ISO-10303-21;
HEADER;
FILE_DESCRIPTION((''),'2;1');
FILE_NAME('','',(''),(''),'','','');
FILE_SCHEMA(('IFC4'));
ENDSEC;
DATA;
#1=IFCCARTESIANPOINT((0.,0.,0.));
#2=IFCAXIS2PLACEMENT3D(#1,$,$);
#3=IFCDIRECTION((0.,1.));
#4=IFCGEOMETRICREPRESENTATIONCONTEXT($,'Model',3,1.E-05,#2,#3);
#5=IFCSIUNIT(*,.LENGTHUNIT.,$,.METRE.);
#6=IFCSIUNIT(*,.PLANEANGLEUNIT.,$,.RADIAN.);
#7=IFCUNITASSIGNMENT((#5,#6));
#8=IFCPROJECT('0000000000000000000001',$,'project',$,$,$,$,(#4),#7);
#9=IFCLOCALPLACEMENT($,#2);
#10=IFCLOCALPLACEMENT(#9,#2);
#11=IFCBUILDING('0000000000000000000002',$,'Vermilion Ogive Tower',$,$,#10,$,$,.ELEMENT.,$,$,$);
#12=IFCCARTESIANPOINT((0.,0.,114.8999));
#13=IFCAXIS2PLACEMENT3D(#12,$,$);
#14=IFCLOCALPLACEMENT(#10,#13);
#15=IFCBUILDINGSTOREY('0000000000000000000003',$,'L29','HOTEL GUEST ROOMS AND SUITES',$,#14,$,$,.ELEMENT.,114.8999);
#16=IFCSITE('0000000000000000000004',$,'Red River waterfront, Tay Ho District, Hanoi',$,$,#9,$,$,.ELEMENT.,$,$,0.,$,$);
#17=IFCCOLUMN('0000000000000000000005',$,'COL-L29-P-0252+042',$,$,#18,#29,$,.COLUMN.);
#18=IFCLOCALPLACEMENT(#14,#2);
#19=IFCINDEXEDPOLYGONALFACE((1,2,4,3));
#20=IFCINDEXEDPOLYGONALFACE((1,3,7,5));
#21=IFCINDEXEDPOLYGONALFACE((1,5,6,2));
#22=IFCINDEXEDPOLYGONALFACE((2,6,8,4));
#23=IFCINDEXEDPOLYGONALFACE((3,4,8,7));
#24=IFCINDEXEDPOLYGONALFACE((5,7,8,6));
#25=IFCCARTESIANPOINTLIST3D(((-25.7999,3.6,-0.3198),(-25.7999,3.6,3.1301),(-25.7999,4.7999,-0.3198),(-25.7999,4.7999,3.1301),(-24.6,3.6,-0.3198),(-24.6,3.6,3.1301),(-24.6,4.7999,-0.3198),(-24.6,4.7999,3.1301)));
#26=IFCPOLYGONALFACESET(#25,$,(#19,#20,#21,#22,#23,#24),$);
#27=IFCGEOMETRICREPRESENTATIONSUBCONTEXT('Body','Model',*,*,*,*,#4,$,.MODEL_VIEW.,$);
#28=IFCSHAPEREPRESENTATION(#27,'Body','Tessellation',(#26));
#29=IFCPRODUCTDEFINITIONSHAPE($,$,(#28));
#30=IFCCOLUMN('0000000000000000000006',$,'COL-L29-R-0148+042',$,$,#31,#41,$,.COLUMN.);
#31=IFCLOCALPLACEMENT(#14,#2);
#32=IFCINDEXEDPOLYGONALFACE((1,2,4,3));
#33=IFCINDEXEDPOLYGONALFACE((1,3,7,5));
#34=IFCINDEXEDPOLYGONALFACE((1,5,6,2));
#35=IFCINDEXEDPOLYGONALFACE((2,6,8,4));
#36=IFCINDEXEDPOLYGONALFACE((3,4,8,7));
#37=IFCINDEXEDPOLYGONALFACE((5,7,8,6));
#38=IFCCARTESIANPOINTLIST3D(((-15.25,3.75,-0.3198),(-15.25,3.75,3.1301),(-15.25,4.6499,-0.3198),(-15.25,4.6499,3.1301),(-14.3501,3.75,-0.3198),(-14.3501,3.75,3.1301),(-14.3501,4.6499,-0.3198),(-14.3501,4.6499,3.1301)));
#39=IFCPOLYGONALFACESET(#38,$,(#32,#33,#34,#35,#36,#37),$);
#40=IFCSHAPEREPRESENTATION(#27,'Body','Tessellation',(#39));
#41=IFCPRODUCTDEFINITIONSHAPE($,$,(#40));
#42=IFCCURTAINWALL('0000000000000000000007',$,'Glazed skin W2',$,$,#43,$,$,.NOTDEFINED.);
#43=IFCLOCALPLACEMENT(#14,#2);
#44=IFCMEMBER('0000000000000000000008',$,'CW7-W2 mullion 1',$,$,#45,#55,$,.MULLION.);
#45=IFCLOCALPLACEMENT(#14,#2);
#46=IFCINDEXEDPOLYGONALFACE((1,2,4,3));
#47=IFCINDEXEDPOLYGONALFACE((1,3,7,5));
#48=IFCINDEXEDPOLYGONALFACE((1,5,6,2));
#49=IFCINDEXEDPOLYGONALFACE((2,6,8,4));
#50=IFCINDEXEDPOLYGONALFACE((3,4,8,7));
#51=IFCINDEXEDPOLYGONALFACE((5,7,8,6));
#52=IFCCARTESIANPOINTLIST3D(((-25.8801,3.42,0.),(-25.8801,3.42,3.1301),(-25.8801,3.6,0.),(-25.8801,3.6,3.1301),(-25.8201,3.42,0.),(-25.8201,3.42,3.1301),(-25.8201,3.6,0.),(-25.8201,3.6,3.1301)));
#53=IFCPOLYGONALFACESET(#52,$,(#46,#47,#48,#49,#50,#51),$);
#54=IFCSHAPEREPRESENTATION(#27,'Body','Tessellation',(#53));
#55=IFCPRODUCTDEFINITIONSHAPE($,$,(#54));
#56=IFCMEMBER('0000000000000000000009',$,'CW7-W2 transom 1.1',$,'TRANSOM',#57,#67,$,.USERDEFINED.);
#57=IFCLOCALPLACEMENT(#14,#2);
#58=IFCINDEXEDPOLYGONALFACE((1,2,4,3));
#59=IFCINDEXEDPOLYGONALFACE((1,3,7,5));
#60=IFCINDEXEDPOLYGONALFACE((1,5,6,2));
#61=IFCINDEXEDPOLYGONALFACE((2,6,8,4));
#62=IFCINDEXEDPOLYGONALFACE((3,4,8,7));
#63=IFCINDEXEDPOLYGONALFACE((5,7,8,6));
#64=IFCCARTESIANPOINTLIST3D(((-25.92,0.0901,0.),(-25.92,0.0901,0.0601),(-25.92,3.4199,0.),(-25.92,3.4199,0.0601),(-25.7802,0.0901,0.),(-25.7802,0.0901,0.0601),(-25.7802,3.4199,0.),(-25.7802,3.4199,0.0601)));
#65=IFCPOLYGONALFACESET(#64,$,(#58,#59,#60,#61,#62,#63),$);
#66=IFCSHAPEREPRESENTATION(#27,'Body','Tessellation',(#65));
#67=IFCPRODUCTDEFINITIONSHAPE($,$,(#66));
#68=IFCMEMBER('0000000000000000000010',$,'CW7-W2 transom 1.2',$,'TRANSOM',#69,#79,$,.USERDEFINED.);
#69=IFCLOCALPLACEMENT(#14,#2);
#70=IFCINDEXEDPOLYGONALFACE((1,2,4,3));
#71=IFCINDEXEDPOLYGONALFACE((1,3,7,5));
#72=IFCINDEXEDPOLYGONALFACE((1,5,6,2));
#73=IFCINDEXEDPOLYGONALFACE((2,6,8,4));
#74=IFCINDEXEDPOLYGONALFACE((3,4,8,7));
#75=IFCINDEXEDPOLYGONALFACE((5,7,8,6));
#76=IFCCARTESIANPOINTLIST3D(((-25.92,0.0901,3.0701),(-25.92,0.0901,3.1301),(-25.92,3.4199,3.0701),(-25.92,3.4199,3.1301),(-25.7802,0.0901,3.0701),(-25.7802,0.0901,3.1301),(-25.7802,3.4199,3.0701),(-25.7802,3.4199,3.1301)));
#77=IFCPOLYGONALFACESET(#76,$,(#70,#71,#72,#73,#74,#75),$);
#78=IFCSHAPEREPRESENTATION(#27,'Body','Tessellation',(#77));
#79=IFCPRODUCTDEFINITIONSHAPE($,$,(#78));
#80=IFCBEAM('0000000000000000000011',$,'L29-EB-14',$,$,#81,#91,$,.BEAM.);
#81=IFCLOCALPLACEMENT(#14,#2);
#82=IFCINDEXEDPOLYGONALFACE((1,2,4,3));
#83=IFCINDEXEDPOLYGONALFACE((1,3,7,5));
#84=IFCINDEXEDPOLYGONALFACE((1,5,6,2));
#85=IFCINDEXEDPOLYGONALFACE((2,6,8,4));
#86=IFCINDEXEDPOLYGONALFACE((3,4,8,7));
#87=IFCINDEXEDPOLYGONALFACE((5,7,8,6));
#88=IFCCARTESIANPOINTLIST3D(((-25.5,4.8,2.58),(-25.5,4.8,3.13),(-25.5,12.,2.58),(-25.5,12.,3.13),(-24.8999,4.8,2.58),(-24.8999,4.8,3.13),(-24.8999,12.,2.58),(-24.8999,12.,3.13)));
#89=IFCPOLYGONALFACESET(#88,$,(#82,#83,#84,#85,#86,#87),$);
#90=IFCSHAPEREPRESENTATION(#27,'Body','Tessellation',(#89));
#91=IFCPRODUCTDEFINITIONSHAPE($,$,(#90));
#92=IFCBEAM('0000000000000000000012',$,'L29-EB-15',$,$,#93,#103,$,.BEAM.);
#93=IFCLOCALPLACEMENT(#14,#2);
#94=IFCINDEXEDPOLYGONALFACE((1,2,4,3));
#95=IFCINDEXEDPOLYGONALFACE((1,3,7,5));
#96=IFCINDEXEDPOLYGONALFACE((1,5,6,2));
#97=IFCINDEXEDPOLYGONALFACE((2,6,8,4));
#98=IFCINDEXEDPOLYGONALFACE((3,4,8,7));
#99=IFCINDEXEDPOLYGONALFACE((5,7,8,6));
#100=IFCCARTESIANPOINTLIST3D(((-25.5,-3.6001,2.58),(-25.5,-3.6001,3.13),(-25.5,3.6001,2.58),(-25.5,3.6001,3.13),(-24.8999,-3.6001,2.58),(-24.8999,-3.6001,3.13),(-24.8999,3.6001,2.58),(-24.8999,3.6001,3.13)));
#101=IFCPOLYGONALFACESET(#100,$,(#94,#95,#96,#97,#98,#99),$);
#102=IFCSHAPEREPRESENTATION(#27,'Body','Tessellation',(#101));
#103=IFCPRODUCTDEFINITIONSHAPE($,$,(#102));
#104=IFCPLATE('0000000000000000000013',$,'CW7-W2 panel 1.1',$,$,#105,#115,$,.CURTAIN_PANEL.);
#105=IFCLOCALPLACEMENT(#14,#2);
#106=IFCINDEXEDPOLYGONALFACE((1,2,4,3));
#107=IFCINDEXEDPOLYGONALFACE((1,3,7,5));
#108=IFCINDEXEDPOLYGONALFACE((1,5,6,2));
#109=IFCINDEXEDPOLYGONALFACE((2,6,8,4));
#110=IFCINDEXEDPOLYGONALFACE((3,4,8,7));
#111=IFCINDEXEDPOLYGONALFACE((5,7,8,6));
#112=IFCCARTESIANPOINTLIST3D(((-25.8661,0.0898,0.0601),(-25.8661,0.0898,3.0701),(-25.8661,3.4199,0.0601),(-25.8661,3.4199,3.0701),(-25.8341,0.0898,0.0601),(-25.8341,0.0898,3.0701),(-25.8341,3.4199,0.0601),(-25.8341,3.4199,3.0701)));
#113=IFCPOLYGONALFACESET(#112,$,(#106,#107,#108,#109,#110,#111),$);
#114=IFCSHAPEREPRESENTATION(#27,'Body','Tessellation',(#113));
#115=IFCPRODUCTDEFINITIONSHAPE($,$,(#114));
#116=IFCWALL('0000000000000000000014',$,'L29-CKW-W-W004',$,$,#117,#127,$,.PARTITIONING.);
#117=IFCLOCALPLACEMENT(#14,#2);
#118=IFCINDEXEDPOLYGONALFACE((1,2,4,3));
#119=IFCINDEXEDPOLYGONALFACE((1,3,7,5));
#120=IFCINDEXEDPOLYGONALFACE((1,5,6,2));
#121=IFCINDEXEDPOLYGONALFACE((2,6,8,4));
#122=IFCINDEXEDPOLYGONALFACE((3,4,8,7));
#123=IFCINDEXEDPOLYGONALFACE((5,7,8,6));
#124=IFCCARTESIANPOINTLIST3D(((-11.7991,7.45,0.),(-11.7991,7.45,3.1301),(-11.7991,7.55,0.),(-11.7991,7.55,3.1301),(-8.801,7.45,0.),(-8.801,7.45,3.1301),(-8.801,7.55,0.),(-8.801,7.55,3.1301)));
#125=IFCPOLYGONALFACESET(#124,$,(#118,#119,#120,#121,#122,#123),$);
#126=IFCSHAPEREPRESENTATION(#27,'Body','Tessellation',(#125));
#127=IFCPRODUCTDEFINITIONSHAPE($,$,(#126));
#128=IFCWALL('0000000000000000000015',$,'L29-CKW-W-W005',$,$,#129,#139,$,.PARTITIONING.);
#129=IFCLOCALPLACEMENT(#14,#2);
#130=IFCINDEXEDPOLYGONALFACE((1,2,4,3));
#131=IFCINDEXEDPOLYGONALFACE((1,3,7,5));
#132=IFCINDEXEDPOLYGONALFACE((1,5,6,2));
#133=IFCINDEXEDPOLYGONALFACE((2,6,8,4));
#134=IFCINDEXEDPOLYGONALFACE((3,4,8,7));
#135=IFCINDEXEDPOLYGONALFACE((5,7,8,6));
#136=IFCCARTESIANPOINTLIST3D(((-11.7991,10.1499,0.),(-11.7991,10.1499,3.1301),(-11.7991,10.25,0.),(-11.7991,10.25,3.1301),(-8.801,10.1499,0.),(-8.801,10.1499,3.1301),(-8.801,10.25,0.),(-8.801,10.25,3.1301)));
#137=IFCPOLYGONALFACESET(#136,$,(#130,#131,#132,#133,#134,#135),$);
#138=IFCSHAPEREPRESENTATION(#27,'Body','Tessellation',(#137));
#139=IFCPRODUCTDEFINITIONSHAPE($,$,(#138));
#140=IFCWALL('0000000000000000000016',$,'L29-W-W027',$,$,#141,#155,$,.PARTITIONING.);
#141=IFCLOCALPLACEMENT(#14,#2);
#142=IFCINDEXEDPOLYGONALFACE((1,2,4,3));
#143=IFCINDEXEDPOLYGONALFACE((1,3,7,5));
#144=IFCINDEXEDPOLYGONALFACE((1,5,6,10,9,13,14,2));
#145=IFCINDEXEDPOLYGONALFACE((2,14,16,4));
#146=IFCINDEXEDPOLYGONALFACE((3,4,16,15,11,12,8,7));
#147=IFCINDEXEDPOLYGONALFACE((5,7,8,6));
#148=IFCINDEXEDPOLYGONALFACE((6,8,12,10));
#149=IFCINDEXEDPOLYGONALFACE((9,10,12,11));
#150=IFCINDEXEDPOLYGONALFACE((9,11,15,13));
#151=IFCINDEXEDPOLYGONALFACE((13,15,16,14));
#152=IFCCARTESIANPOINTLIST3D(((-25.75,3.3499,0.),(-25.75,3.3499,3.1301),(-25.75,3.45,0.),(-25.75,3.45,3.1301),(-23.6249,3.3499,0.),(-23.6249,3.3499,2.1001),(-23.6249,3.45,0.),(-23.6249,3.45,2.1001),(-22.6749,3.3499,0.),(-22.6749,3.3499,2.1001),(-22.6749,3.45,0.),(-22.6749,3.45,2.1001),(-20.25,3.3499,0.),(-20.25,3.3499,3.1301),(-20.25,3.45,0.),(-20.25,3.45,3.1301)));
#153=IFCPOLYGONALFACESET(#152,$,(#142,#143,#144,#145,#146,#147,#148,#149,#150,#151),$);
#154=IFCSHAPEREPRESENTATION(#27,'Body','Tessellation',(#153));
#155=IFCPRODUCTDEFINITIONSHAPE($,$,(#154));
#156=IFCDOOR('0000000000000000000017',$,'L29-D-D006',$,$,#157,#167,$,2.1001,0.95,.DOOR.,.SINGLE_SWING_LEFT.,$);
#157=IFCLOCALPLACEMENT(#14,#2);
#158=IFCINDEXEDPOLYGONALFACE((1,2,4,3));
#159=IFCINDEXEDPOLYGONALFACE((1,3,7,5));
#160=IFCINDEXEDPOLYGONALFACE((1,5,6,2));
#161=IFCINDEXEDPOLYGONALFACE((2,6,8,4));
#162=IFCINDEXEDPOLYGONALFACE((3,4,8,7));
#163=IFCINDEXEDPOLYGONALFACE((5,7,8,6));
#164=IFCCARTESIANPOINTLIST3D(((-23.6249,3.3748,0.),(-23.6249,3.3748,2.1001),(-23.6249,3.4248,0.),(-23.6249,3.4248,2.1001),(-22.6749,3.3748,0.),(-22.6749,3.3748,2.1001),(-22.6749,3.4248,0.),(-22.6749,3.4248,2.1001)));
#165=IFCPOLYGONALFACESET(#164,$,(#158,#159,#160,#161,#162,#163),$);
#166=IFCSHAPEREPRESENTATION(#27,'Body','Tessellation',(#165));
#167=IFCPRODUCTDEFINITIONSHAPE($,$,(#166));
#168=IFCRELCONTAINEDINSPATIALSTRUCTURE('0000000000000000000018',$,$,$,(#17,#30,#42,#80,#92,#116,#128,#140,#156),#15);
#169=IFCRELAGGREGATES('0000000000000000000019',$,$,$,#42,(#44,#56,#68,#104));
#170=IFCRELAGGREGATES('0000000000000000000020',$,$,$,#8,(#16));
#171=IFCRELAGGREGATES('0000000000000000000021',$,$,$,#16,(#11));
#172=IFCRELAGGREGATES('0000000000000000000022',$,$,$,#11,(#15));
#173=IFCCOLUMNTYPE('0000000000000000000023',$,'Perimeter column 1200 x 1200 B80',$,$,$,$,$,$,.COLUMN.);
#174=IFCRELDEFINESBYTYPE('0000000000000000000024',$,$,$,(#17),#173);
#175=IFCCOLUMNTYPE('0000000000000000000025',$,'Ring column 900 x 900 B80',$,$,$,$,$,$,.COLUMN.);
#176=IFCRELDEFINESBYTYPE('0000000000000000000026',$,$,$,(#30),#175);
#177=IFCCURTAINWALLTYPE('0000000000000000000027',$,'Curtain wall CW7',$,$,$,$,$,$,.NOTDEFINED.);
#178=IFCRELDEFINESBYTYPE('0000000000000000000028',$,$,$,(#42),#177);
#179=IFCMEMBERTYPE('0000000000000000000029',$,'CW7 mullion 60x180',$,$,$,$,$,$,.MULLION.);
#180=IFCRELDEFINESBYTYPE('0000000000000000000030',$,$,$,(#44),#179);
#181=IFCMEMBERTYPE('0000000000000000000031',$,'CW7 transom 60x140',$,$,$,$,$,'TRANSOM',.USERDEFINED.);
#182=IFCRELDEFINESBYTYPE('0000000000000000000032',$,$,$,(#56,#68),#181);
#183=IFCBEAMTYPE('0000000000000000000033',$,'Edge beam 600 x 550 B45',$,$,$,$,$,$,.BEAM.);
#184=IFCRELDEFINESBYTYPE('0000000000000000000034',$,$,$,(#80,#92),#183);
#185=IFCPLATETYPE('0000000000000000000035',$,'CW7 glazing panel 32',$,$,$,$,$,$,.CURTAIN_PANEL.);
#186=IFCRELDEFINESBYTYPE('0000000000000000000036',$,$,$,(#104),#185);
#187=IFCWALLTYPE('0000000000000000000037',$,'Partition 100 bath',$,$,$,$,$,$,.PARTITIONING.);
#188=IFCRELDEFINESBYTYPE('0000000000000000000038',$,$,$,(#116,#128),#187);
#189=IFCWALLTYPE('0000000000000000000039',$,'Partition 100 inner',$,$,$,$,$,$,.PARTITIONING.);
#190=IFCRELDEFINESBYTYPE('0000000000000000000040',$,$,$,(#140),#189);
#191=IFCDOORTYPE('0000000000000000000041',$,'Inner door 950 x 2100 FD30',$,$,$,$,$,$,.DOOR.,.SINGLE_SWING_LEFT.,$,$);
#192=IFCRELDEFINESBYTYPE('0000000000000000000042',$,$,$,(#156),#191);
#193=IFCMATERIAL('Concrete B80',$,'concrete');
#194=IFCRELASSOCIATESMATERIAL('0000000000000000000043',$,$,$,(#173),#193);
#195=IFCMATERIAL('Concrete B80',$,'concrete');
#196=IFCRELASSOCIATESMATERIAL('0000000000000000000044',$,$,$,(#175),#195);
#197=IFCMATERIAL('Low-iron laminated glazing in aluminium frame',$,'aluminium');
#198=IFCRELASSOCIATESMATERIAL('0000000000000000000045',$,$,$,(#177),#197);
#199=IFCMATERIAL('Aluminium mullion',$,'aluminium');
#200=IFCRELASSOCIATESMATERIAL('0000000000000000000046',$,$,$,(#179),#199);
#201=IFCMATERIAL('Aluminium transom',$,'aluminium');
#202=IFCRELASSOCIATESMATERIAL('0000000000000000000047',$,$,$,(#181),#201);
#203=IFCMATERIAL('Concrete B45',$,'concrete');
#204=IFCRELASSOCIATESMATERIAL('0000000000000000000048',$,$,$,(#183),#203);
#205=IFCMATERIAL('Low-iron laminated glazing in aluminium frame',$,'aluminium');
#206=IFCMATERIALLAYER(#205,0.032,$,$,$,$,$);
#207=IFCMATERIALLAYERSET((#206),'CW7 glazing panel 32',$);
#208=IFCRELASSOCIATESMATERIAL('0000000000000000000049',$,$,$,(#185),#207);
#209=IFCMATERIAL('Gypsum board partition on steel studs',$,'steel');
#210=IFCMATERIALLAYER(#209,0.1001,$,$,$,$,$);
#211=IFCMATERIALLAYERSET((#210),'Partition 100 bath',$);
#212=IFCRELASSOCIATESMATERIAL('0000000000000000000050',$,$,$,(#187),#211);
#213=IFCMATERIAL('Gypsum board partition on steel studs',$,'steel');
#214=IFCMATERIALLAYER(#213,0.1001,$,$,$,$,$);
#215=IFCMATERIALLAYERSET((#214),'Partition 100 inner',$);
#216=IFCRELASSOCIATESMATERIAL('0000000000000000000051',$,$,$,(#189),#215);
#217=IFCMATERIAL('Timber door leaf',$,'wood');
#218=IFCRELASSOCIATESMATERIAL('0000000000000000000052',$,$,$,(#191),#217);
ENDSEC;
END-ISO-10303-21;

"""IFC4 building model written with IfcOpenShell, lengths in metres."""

from ifc_helpers import new_model, si_unit, direction, frame, frame_2d, origin, origin_2d, place, context, subcontext, project, spatial, rectangle, extrude, material, layer, layer_set, material_profile, profile_set, type_object, element, fill, aggregate, save


model = new_model("IFC4")

# Units and contexts
model_context = context("Model", 3, precision=1e-05, world=origin(), true_north=direction((0.0, 1.0)))
body_context = subcontext(model_context, "Body", "Model", "MODEL_VIEW")
ifc_project = project(units=[si_unit("LENGTHUNIT", "METRE"), si_unit("PLANEANGLEUNIT", "RADIAN")], contexts=[model_context])

# Site, building, storey
site_placement = place(None, origin())
site = spatial("IfcSite", under=ifc_project, at=site_placement, Name="Red River waterfront, Tay Ho District, Hanoi", CompositionType="ELEMENT", RefElevation=0.0)
building_placement = place(site_placement, origin())
building = spatial("IfcBuilding", under=site, at=building_placement, Name="Vermilion Ogive Tower", CompositionType="ELEMENT")
storey_placement = place(building_placement, frame((0.0, 0.0, 114.8999)))
storey = spatial("IfcBuildingStorey", under=building, at=storey_placement, Name="L29", Description="HOTEL GUEST ROOMS AND SUITES", CompositionType="ELEMENT", Elevation=114.8999)

# Columns
ifc_material_1 = material(Name="Concrete B80", Category="concrete")
ifc_material_profile_1 = material_profile(ifc_material_1, rectangle(XDim=1.2, YDim=1.2, at=origin_2d()), Name="1200 x 1200")
ifc_profile_set_1 = profile_set([ifc_material_profile_1], Name="Concrete B80")
column_type_1 = type_object("IfcColumnType", Name="Perimeter column 1200 x 1200 B80", PredefinedType="COLUMN", material=ifc_profile_set_1)
column_1_placement = place(storey_placement, frame((-25.2, 4.2, -0.3198), z_axis=(0.0, 0.0, 1.0), x_axis=(1.0, 0.0, 0.0)))
element("IfcColumn", 1, at=column_1_placement, inside=storey, type_object=column_type_1, Name="COL-L29-P-0252+042", PredefinedType="COLUMN", context=body_context, shape_type="SweptSolid", body=[
    extrude(rectangle(XDim=1.2, YDim=1.2, at=origin_2d()), origin(), (0.0, 0.0, 1.0), 3.45),
])
ifc_material_2 = material(Name="Concrete B80", Category="concrete")
ifc_material_profile_2 = material_profile(ifc_material_2, rectangle(XDim=0.8999, YDim=0.8999, at=origin_2d()), Name="900 x 900")
ifc_profile_set_2 = profile_set([ifc_material_profile_2], Name="Concrete B80")
column_type_2 = type_object("IfcColumnType", Name="Ring column 900 x 900 B80", PredefinedType="COLUMN", material=ifc_profile_set_2)
column_2_placement = place(storey_placement, frame((-14.8, 4.2, -0.3198), z_axis=(0.0, 0.0, 1.0), x_axis=(1.0, 0.0, 0.0)))
element("IfcColumn", 2, at=column_2_placement, inside=storey, type_object=column_type_2, Name="COL-L29-R-0148+042", PredefinedType="COLUMN", context=body_context, shape_type="SweptSolid", body=[
    extrude(rectangle(XDim=0.8999, YDim=0.8999, at=origin_2d()), origin(), (0.0, 0.0, 1.0), 3.45),
])

# Curtain wall, members
ifc_material_3 = material(Name="Low-iron laminated glazing in aluminium frame", Category="aluminium")
curtain_wall_type = type_object("IfcCurtainWallType", Name="Curtain wall CW7", PredefinedType="NOTDEFINED", material=ifc_material_3)
curtain_wall_placement = place(storey_placement, origin())
curtain_wall = element("IfcCurtainWall", 3, at=curtain_wall_placement, inside=storey, type_object=curtain_wall_type, Name="Glazed skin W2", PredefinedType="NOTDEFINED")
ifc_material_4 = material(Name="Aluminium mullion", Category="aluminium")
ifc_material_profile_3 = material_profile(ifc_material_4, rectangle(XDim=0.0601, YDim=0.1799, at=origin_2d()), Name="AL 60x180")
ifc_profile_set_3 = profile_set([ifc_material_profile_3], Name="Aluminium mullion")
member_type_1 = type_object("IfcMemberType", Name="CW7 mullion 60x180", PredefinedType="MULLION", material=ifc_profile_set_3)
member_1_placement = place(storey_placement, frame((-25.8501, 3.51, 0.0), z_axis=(0.0, 0.0, 1.0), x_axis=(1.0, 0.0, 0.0)))
member_1 = element("IfcMember", 4, at=member_1_placement, type_object=member_type_1, Name="CW7-W2 mullion 1", PredefinedType="MULLION", context=body_context, shape_type="SweptSolid", body=[
    extrude(rectangle(XDim=0.0601, YDim=0.1799, at=origin_2d()), origin(), (0.0, 0.0, 1.0), 3.1301),
])
ifc_material_5 = material(Name="Aluminium transom", Category="aluminium")
ifc_material_profile_4 = material_profile(ifc_material_5, rectangle(XDim=0.1399, YDim=0.0601, at=origin_2d()), Name="AL 60x140")
ifc_profile_set_4 = profile_set([ifc_material_profile_4], Name="Aluminium transom")
member_type_2 = type_object("IfcMemberType", Name="CW7 transom 60x140", ElementType="TRANSOM", PredefinedType="USERDEFINED", material=ifc_profile_set_4)
member_2_placement = place(storey_placement, frame((-25.8501, 3.4199, 0.03), z_axis=(0.0, -1.0, 0.0), x_axis=(1.0, 0.0, 0.0)))
member_2 = element("IfcMember", 5, at=member_2_placement, type_object=member_type_2, Name="CW7-W2 transom 1.1", ObjectType="TRANSOM", PredefinedType="USERDEFINED", context=body_context, shape_type="SweptSolid", body=[
    extrude(rectangle(XDim=0.1399, YDim=0.0601, at=origin_2d()), origin(), (0.0, 0.0, 1.0), 3.3298),
])
member_3_placement = place(storey_placement, frame((-25.8501, 3.4199, 3.1001), z_axis=(0.0, -1.0, 0.0), x_axis=(1.0, 0.0, 0.0)))
member_3 = element("IfcMember", 6, at=member_3_placement, type_object=member_type_2, Name="CW7-W2 transom 1.2", ObjectType="TRANSOM", PredefinedType="USERDEFINED", context=body_context, shape_type="SweptSolid", body=[
    extrude(rectangle(XDim=0.1399, YDim=0.0601, at=origin_2d()), origin(), (0.0, 0.0, 1.0), 3.3298),
])

# Beams
ifc_material_6 = material(Name="Concrete B45", Category="concrete")
ifc_material_profile_5 = material_profile(ifc_material_6, rectangle(XDim=0.6001, YDim=0.55, at=origin_2d()), Name="600 x 550")
ifc_profile_set_5 = profile_set([ifc_material_profile_5], Name="Concrete B45")
beam_type = type_object("IfcBeamType", Name="Edge beam 600 x 550 B45", PredefinedType="BEAM", material=ifc_profile_set_5)
beam_1_placement = place(storey_placement, frame((-25.2, 12.0, 2.855), z_axis=(0.0, -1.0, 0.0), x_axis=(1.0, 0.0, 0.0)))
element("IfcBeam", 7, at=beam_1_placement, inside=storey, type_object=beam_type, Name="L29-EB-14", PredefinedType="BEAM", context=body_context, shape_type="SweptSolid", body=[
    extrude(rectangle(XDim=0.6001, YDim=0.55, at=origin_2d()), origin(), (0.0, 0.0, 1.0), 7.2),
])
beam_2_placement = place(storey_placement, frame((-25.2, 3.6001, 2.855), z_axis=(0.0, -1.0, 0.0), x_axis=(1.0, 0.0, 0.0)))
element("IfcBeam", 8, at=beam_2_placement, inside=storey, type_object=beam_type, Name="L29-EB-15", PredefinedType="BEAM", context=body_context, shape_type="SweptSolid", body=[
    extrude(rectangle(XDim=0.6001, YDim=0.55, at=origin_2d()), origin(), (0.0, 0.0, 1.0), 7.2002),
])

# Plate
ifc_material_7 = material(Name="Low-iron laminated glazing in aluminium frame", Category="aluminium")
ifc_layer_1 = layer(ifc_material_7, 0.032)
ifc_layer_set_1 = layer_set([ifc_layer_1], Name="CW7 glazing panel 32")
plate_type = type_object("IfcPlateType", Name="CW7 glazing panel 32", PredefinedType="CURTAIN_PANEL", material=ifc_layer_set_1)
plate_placement = place(storey_placement, frame((-25.8501, 1.7549, 0.0601), z_axis=(0.0, 0.0, 1.0), x_axis=(0.0, -1.0, 0.0)))
plate = element("IfcPlate", 9, at=plate_placement, type_object=plate_type, Name="CW7-W2 panel 1.1", PredefinedType="CURTAIN_PANEL", context=body_context, shape_type="SweptSolid", body=[
    extrude(rectangle(XDim=3.3301, YDim=0.032, at=origin_2d()), origin(), (0.0, 0.0, 1.0), 3.01),
])
aggregate(curtain_wall, [member_1, member_2, member_3, plate])

# Walls
ifc_material_8 = material(Name="Gypsum board partition on steel studs", Category="steel")
ifc_layer_2 = layer(ifc_material_8, 0.1001)
ifc_layer_set_2 = layer_set([ifc_layer_2], Name="Partition 100 bath")
wall_type_1 = type_object("IfcWallType", Name="Partition 100 bath", PredefinedType="PARTITIONING", material=ifc_layer_set_2)
for number, where, z_axis, x_axis, name in (
    (10, (-11.7991, 7.5, 0.0), (0.0, 0.0, 1.0), (1.0, 0.0, 0.0), "L29-CKW-W-W004"),
    (11, (-11.7991, 10.2, 0.0), (0.0, 0.0, 1.0), (1.0, 0.0, 0.0), "L29-CKW-W-W005"),
):
    element("IfcWall", number, at=place(storey_placement, frame(where, z_axis=z_axis, x_axis=x_axis)), inside=storey, type_object=wall_type_1, Name=name, PredefinedType="PARTITIONING", context=body_context, shape_type="SweptSolid", body=[
        extrude(rectangle(XDim=2.998, YDim=0.1001, at=frame_2d((1.499, 0.0))), origin(), (0.0, 0.0, 1.0), 3.1301),
    ])

# Wall, opening, door
ifc_material_9 = material(Name="Gypsum board partition on steel studs", Category="steel")
ifc_layer_3 = layer(ifc_material_9, 0.1001)
ifc_layer_set_3 = layer_set([ifc_layer_3], Name="Partition 100 inner")
wall_type_2 = type_object("IfcWallType", Name="Partition 100 inner", PredefinedType="PARTITIONING", material=ifc_layer_set_3)
wall_1_placement = place(storey_placement, frame((-25.75, 3.3999, 0.0), z_axis=(0.0, 0.0, 1.0), x_axis=(1.0, 0.0, 0.0)))
wall_1 = element("IfcWall", 12, at=wall_1_placement, inside=storey, type_object=wall_type_2, Name="L29-W-W027", PredefinedType="PARTITIONING", context=body_context, shape_type="SweptSolid", body=[
    extrude(rectangle(XDim=5.5, YDim=0.1001, at=frame_2d((2.75, 0.0))), origin(), (0.0, 0.0, 1.0), 3.1301),
])
opening_1_placement = place(wall_1_placement, frame((2.125, 0.0, 0.0)))
opening_1 = element("IfcOpeningElement", 13, at=opening_1_placement, cuts=wall_1, PredefinedType="OPENING", context=body_context, shape_type="SweptSolid", body=[
    extrude(rectangle(XDim=0.95, YDim=2.1001, at=frame_2d((0.4751, 1.05))), frame((0.0, 0.0601, 0.0), z_axis=(0.0, -1.0, 0.0), x_axis=(1.0, 0.0, 0.0)), (0.0, 0.0, 1.0), 0.1201),
])
ifc_material_10 = material(Name="Timber door leaf", Category="wood")
door_type_1 = type_object("IfcDoorType", Name="Inner door 950 x 2100 FD30", OperationType="SINGLE_SWING_LEFT", PredefinedType="DOOR", material=ifc_material_10)
door_1_placement = place(opening_1_placement, origin())
door_1 = element("IfcDoor", 14, at=door_1_placement, inside=storey, type_object=door_type_1, Name="L29-D-D006", OperationType="SINGLE_SWING_LEFT", OverallHeight=2.1001, OverallWidth=0.95, PredefinedType="DOOR", context=body_context, shape_type="SweptSolid", body=[
    extrude(rectangle(XDim=0.95, YDim=2.1001, at=frame_2d((0.4751, 1.05))), frame((0.0, 0.0249, 0.0), z_axis=(0.0, -1.0, 0.0), x_axis=(1.0, 0.0, 0.0)), (0.0, 0.0, 1.0), 0.05),
])
fill(opening_1, door_1)

save(model, "model.ifc")
